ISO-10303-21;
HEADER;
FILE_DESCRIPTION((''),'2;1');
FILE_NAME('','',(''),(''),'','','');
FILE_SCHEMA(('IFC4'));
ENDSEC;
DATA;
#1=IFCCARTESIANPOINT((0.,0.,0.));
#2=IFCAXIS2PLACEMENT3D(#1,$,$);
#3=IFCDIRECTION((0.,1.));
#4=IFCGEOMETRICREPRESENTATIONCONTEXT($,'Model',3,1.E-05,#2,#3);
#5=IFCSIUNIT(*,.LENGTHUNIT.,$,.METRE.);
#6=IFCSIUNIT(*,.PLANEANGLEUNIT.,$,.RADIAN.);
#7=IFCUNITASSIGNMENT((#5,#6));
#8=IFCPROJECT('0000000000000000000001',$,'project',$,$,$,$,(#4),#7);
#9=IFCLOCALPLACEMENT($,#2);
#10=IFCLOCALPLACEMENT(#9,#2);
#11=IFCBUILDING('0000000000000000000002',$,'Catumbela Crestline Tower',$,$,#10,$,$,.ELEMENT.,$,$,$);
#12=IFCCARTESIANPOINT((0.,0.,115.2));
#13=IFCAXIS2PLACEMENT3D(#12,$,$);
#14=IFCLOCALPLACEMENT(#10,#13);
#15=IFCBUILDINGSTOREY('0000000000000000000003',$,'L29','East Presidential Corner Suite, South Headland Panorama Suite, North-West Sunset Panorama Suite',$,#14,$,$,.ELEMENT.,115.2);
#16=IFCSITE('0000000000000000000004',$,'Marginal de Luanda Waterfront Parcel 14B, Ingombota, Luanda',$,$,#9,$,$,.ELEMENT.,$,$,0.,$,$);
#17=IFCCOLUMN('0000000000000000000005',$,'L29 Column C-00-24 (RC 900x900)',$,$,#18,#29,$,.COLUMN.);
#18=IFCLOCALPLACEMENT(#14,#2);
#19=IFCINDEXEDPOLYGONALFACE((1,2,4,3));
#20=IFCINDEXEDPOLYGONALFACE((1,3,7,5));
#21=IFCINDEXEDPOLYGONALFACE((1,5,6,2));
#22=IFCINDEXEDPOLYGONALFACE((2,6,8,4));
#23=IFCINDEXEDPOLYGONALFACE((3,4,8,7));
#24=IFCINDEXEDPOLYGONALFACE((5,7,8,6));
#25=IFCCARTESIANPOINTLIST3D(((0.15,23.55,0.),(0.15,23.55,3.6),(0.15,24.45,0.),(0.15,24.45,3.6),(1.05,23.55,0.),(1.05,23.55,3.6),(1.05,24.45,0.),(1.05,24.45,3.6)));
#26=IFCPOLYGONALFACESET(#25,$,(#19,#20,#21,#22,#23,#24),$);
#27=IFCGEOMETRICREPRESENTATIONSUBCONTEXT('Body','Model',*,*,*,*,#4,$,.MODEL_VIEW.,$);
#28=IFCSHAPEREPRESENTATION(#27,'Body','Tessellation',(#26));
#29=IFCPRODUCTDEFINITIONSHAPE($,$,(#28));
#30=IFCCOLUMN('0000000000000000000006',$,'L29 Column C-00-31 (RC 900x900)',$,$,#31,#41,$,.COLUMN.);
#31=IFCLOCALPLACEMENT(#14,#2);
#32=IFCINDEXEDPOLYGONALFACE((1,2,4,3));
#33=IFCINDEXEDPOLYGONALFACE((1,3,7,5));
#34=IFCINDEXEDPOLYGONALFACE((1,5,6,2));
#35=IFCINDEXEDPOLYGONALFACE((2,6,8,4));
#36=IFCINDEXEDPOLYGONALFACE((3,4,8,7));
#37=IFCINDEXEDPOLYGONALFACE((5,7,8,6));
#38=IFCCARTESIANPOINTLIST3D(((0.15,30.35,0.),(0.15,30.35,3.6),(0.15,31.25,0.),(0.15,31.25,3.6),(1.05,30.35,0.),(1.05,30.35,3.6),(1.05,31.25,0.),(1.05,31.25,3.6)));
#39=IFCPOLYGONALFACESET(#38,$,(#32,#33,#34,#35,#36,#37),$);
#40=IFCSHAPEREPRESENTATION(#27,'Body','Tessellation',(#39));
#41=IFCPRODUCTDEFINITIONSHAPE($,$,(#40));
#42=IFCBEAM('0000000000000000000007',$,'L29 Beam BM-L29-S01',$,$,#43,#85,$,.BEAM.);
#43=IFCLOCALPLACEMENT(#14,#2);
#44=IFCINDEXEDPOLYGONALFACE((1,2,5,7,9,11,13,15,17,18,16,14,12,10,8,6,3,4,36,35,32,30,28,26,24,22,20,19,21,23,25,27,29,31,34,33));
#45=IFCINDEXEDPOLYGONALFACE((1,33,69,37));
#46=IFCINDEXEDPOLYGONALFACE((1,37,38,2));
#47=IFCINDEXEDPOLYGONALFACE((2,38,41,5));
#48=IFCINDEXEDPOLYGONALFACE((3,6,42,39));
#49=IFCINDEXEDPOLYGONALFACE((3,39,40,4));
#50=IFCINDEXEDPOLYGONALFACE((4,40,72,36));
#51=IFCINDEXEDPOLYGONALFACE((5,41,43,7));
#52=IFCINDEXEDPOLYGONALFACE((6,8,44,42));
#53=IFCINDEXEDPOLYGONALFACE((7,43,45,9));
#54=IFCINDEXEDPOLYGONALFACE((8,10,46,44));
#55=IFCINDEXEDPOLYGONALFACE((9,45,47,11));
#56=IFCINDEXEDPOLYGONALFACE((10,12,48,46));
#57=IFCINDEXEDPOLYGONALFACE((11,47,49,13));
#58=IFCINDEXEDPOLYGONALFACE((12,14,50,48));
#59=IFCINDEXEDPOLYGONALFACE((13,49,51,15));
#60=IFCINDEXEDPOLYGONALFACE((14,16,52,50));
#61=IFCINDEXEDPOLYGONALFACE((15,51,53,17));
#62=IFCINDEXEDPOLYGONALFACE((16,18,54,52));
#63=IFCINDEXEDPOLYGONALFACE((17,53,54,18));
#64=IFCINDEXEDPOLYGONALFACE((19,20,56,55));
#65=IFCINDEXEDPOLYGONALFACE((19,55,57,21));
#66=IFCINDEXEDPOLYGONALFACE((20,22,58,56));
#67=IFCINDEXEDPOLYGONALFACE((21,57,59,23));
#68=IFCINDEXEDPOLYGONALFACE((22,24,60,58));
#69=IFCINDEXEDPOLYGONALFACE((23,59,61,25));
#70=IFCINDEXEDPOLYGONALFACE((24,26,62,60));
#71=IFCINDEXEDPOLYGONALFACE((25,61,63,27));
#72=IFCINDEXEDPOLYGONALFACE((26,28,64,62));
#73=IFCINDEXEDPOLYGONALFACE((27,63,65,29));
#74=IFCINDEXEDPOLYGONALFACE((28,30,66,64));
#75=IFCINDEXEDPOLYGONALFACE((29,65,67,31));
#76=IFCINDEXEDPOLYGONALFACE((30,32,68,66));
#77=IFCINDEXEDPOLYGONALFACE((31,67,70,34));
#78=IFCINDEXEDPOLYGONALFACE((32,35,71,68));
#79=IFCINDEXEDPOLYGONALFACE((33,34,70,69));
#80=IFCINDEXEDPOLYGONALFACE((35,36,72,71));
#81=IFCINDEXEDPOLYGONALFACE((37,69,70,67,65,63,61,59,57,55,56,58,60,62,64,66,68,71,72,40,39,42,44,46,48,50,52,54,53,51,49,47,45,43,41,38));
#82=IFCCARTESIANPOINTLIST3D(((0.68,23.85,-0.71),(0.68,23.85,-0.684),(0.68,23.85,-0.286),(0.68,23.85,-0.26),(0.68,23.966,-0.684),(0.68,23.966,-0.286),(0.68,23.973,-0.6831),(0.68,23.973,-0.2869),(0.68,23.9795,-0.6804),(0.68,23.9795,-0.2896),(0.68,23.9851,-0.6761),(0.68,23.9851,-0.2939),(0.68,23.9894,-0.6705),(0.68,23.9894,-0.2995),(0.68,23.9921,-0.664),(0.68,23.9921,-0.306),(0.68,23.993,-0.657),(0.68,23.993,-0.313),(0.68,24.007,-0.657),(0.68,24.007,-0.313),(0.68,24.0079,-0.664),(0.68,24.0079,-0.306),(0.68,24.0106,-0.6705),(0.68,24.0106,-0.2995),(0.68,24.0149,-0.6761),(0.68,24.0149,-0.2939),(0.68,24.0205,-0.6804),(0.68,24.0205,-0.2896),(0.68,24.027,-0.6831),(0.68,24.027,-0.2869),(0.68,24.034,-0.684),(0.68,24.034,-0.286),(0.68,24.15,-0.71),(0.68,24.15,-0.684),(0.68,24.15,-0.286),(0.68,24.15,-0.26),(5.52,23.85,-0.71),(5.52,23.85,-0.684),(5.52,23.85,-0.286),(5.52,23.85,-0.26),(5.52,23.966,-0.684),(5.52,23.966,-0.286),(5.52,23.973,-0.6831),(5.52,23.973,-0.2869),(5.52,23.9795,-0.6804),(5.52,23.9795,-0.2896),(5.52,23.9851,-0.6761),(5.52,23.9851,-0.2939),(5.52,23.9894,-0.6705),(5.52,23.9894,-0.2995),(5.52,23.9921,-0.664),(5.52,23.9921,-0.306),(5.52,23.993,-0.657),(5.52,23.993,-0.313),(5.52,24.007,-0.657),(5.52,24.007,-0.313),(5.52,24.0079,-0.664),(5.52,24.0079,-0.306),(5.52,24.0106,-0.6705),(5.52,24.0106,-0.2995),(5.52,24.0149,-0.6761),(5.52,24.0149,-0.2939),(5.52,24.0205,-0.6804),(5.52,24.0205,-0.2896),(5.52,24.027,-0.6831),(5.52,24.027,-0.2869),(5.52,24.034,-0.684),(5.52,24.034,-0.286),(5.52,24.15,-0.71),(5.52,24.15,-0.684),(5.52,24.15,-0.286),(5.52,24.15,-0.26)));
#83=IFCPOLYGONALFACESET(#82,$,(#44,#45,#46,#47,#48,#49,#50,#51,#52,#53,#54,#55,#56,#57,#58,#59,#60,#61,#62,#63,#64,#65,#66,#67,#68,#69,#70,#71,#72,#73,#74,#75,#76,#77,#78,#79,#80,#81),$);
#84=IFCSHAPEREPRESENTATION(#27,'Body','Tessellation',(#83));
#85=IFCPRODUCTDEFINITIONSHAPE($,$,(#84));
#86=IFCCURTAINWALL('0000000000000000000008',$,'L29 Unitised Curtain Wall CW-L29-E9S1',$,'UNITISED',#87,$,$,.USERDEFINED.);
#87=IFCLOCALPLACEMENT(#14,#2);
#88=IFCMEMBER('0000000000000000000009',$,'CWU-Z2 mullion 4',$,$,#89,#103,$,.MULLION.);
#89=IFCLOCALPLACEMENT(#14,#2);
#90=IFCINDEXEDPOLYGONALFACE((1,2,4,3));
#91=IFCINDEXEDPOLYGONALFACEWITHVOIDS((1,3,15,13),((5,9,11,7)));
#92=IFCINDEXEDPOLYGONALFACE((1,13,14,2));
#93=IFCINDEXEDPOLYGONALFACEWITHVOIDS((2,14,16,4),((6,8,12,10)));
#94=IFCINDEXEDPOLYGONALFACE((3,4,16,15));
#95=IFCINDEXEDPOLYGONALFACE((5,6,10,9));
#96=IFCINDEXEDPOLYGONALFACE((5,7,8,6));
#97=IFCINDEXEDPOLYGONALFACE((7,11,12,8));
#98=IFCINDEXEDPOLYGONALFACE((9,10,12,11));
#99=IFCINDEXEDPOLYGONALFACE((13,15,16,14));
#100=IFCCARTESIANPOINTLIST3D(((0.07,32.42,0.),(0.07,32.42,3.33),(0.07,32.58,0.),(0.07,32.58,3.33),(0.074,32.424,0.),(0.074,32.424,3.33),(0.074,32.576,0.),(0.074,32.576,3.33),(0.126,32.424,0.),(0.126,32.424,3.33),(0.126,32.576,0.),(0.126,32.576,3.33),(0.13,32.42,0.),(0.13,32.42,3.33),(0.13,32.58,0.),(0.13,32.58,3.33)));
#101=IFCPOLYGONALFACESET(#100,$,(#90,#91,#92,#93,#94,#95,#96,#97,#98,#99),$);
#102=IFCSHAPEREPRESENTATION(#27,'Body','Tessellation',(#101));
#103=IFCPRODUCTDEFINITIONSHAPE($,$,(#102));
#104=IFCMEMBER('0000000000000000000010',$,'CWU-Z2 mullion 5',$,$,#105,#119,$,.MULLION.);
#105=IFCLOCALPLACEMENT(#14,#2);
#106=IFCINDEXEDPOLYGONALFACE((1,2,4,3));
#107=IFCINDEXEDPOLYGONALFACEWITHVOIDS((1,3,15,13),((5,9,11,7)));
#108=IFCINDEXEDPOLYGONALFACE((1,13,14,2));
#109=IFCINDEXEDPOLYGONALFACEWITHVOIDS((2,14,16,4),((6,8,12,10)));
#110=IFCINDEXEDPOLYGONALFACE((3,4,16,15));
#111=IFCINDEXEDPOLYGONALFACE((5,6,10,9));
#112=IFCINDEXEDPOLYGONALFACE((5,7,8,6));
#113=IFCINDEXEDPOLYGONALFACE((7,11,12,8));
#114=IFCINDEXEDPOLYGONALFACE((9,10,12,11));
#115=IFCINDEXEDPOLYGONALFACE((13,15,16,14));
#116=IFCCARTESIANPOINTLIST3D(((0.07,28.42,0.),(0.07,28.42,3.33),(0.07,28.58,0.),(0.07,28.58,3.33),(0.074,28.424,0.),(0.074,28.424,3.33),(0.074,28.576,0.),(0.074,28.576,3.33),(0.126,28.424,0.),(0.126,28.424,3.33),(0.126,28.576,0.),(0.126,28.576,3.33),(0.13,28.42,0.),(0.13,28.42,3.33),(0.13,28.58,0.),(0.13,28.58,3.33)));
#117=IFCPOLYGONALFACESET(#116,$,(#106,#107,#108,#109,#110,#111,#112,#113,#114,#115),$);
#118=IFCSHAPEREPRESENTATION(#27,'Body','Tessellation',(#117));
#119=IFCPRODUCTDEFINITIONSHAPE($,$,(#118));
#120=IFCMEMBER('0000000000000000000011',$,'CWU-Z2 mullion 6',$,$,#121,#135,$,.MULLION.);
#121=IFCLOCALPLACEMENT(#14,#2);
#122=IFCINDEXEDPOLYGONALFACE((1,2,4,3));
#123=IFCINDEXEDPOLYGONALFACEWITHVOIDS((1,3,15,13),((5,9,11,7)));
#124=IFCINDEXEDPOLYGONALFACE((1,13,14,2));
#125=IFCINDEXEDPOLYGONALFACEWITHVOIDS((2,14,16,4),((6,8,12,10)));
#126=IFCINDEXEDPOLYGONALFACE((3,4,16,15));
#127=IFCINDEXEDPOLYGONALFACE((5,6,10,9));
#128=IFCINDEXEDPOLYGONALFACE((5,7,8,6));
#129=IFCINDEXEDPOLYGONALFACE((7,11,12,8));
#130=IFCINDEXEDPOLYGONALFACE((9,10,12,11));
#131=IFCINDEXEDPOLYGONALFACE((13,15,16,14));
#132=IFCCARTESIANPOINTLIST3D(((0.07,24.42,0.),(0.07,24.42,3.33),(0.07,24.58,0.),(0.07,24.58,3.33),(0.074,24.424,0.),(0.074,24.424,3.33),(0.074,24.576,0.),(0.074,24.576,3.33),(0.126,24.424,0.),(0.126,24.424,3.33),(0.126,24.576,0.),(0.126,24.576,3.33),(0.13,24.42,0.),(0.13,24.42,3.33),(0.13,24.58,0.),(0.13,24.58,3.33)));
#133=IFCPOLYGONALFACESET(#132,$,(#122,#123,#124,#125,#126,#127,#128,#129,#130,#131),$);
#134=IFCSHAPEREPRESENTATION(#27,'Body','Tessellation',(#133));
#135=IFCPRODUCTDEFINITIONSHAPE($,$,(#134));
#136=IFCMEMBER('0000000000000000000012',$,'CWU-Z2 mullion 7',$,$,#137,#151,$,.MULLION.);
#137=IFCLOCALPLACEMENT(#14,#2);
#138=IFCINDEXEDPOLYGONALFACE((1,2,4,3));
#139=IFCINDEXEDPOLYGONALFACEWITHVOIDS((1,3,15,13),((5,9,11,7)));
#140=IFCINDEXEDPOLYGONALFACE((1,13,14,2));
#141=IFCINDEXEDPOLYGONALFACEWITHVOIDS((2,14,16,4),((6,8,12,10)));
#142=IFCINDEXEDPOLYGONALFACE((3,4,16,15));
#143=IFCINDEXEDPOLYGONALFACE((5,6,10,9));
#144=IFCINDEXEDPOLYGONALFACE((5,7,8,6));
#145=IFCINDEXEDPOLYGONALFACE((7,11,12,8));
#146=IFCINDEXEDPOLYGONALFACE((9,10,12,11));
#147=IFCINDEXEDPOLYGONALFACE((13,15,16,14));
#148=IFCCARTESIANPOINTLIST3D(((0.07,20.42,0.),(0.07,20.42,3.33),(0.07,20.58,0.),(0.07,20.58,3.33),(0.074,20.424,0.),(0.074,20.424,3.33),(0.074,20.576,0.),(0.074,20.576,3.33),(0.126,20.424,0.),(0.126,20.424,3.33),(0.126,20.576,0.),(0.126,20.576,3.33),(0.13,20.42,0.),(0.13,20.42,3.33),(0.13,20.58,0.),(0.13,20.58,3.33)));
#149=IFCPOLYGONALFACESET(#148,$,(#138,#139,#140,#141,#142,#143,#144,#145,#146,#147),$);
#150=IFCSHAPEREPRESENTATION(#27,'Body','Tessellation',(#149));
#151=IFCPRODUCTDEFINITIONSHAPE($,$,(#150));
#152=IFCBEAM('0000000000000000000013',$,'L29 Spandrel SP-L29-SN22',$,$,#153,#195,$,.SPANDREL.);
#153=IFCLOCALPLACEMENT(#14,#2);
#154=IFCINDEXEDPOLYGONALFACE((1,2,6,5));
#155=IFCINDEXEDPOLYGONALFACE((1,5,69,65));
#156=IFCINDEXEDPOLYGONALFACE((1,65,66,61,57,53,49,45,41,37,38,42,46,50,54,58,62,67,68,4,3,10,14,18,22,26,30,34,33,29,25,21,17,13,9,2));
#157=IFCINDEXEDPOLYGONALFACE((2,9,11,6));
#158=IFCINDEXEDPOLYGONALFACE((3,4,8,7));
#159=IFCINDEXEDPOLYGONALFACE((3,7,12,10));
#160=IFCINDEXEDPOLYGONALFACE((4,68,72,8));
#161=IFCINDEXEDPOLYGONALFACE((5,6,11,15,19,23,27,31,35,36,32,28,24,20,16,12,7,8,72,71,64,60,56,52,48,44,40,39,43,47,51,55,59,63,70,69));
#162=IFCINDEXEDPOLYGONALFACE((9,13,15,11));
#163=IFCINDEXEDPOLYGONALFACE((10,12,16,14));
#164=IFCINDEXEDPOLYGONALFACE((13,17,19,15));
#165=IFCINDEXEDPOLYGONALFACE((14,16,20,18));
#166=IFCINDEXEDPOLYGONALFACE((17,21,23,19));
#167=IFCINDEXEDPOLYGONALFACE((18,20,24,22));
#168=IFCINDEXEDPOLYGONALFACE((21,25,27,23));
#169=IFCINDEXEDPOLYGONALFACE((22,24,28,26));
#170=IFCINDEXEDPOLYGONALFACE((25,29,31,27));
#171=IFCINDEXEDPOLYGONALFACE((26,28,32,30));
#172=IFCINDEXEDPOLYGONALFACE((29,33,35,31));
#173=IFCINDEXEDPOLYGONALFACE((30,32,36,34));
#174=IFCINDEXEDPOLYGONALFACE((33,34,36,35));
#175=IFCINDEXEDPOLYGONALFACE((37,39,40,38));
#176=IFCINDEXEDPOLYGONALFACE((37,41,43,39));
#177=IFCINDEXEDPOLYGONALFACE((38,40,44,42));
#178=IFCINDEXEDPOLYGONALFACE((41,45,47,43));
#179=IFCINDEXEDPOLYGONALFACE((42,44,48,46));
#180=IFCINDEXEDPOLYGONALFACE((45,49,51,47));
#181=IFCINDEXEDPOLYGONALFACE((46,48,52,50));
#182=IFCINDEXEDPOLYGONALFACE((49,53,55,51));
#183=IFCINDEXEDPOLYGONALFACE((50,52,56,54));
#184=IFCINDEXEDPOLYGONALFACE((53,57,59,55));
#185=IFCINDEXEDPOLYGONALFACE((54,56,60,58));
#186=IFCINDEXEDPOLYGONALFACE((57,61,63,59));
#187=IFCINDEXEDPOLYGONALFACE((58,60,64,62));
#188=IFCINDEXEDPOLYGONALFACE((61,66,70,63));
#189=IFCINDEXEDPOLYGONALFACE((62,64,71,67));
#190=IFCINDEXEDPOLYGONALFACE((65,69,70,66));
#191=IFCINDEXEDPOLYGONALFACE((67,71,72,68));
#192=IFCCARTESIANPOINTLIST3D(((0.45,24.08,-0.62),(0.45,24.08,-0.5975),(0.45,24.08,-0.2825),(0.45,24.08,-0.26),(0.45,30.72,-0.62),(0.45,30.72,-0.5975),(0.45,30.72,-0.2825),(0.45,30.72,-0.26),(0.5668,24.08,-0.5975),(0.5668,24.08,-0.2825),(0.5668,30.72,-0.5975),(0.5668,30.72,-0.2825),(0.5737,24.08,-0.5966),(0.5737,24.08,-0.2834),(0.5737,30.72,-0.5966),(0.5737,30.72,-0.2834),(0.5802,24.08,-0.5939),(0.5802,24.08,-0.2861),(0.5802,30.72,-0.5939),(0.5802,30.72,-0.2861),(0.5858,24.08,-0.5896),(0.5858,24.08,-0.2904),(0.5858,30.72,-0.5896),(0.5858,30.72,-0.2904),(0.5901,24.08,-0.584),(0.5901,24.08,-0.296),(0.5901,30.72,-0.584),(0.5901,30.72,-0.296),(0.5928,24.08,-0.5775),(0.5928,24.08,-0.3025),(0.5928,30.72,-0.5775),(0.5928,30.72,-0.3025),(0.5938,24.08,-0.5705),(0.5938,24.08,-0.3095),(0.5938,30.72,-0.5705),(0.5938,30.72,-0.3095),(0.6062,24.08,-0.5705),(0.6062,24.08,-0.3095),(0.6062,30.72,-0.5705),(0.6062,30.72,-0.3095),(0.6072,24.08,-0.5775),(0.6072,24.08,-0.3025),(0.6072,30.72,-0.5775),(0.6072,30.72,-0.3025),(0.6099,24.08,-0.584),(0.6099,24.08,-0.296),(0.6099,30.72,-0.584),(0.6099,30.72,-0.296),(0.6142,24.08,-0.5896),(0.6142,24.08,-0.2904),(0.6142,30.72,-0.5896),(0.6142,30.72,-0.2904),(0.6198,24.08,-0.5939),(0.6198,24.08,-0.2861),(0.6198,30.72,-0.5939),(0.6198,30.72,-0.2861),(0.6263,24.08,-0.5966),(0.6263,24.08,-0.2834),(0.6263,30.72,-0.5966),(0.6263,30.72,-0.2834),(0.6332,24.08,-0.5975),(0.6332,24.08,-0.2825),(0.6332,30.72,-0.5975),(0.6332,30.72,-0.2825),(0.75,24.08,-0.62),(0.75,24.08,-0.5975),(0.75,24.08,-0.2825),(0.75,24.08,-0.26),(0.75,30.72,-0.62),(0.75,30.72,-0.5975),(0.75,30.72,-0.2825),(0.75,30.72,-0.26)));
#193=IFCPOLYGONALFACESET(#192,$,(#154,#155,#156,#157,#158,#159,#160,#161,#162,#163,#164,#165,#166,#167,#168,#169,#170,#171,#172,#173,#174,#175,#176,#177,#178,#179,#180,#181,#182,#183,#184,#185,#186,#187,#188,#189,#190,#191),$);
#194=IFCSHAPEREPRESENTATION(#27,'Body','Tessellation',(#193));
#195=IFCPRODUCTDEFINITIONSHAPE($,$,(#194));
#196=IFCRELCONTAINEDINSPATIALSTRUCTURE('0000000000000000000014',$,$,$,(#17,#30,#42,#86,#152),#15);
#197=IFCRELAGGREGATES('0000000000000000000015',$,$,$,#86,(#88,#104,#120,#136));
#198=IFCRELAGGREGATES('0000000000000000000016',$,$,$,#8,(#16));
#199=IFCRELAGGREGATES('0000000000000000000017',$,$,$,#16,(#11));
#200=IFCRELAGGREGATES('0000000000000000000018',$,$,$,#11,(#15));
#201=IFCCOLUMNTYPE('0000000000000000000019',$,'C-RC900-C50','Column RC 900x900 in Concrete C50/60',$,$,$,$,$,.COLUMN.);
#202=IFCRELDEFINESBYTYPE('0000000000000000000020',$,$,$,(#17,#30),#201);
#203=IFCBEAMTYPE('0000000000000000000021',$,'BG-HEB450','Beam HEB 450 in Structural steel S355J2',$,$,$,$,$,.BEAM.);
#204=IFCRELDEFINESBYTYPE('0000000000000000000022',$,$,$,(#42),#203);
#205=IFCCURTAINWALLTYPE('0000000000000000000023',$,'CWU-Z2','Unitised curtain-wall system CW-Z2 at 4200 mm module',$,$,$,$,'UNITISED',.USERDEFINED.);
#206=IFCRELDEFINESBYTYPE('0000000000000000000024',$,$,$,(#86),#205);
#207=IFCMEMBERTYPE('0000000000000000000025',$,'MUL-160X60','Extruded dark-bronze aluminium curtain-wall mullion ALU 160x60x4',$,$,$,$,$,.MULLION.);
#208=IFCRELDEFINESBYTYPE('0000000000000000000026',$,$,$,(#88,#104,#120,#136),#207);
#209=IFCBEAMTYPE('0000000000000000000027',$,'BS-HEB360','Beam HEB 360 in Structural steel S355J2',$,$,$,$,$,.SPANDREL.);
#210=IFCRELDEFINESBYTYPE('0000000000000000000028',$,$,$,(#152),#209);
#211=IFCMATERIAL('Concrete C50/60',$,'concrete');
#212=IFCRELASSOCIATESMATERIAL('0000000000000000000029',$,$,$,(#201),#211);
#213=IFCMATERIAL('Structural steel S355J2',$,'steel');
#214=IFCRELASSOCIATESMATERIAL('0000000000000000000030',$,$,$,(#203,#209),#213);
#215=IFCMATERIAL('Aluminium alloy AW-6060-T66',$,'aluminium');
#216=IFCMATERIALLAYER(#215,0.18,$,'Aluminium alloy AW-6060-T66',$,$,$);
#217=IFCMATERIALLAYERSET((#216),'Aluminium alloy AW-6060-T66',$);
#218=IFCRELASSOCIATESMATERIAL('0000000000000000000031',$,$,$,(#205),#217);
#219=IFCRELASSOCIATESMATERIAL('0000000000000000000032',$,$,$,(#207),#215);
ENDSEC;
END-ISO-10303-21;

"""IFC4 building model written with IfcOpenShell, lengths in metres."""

from ifc_helpers import new_model, si_unit, direction, frame, origin, origin_2d, place, context, subcontext, project, spatial, rectangle, hollow_rectangle, i_section, extrude, material, layer, layer_set, material_profile, profile_set, type_object, element, aggregate, save


model = new_model("IFC4")

# Units and contexts
model_context = context("Model", 3, precision=1e-05, world=origin(), true_north=direction((0.0, 1.0)))
body_context = subcontext(model_context, "Body", "Model", "MODEL_VIEW")
ifc_project = project(units=[si_unit("LENGTHUNIT", "METRE"), si_unit("PLANEANGLEUNIT", "RADIAN")], contexts=[model_context])

# Site, building, storey
site_placement = place(None, origin())
site = spatial("IfcSite", under=ifc_project, at=site_placement, Name="Marginal de Luanda Waterfront Parcel 14B, Ingombota, Luanda", CompositionType="ELEMENT", RefElevation=0.0)
building_placement = place(site_placement, origin())
building = spatial("IfcBuilding", under=site, at=building_placement, Name="Catumbela Crestline Tower", CompositionType="ELEMENT")
storey_placement = place(building_placement, frame((0.0, 0.0, 115.2)))
storey = spatial("IfcBuildingStorey", under=building, at=storey_placement, Name="L29", Description="East Presidential Corner Suite, South Headland Panorama Suite, North-West Sunset Panorama Suite", CompositionType="ELEMENT", Elevation=115.2)

# Columns
ifc_material_1 = material(Name="Concrete C50/60", Category="concrete")
ifc_material_profile_1 = material_profile(ifc_material_1, rectangle(XDim=0.9, YDim=0.9, at=origin_2d()), Name="RC 900x900")
ifc_profile_set_1 = profile_set([ifc_material_profile_1], Name="Concrete C50/60")
column_type = type_object("IfcColumnType", Name="C-RC900-C50", Description="Column RC 900x900 in Concrete C50/60", PredefinedType="COLUMN", material=ifc_profile_set_1)
for number, where, z_axis, x_axis, name in (
    (1, (0.6, 24.0, 0.0), (0.0, 0.0, 1.0), (1.0, 0.0, 0.0), "L29 Column C-00-24 (RC 900x900)"),
    (2, (0.6, 30.8, 0.0), (0.0, 0.0, 1.0), (1.0, 0.0, 0.0), "L29 Column C-00-31 (RC 900x900)"),
):
    element("IfcColumn", number, at=place(storey_placement, frame(where, z_axis=z_axis, x_axis=x_axis)), inside=storey, type_object=column_type, Name=name, PredefinedType="COLUMN", context=body_context, shape_type="SweptSolid", body=[
        extrude(rectangle(XDim=0.9, YDim=0.9, at=origin_2d()), origin(), (0.0, 0.0, 1.0), 3.6),
    ])

# Beam
ifc_material_2 = material(Name="Structural steel S355J2", Category="steel")
ifc_material_profile_2 = material_profile(ifc_material_2, i_section(OverallWidth=0.3, OverallDepth=0.45, WebThickness=0.014, FlangeThickness=0.026, FilletRadius=0.027, at=origin_2d()), Name="HEB 450")
ifc_profile_set_2 = profile_set([ifc_material_profile_2], Name="Structural steel S355J2")
beam_type_1 = type_object("IfcBeamType", Name="BG-HEB450", Description="Beam HEB 450 in Structural steel S355J2", PredefinedType="BEAM", material=ifc_profile_set_2)
beam_1_placement = place(storey_placement, frame((0.68, 24.0, -0.485), z_axis=(1.0, 0.0, 0.0), x_axis=(0.0, 1.0, 0.0)))
element("IfcBeam", 3, at=beam_1_placement, inside=storey, type_object=beam_type_1, Name="L29 Beam BM-L29-S01", PredefinedType="BEAM", context=body_context, shape_type="SweptSolid", body=[
    extrude(i_section(OverallWidth=0.3, OverallDepth=0.45, WebThickness=0.014, FlangeThickness=0.026, FilletRadius=0.027, at=origin_2d()), origin(), (0.0, 0.0, 1.0), 4.84),
])

# Curtain wall, members
ifc_material_3 = material(Name="Aluminium alloy AW-6060-T66", Category="aluminium")
ifc_layer_1 = layer(ifc_material_3, 0.18, Name="Aluminium alloy AW-6060-T66")
ifc_layer_set_1 = layer_set([ifc_layer_1], Name="Aluminium alloy AW-6060-T66")
curtain_wall_type = type_object("IfcCurtainWallType", Name="CWU-Z2", Description="Unitised curtain-wall system CW-Z2 at 4200 mm module", ElementType="UNITISED", PredefinedType="USERDEFINED", material=ifc_layer_set_1)
curtain_wall_placement = place(storey_placement, origin())
curtain_wall = element("IfcCurtainWall", 4, at=curtain_wall_placement, inside=storey, type_object=curtain_wall_type, Name="L29 Unitised Curtain Wall CW-L29-E9S1", ObjectType="UNITISED", PredefinedType="USERDEFINED")
ifc_material_profile_3 = material_profile(ifc_material_3, hollow_rectangle(XDim=0.06, YDim=0.16, WallThickness=0.004, at=origin_2d()), Name="ALU 160x60x4")
ifc_profile_set_3 = profile_set([ifc_material_profile_3], Name="Aluminium alloy AW-6060-T66")
member_type_1 = type_object("IfcMemberType", Name="MUL-160X60", Description="Extruded dark-bronze aluminium curtain-wall mullion ALU 160x60x4", PredefinedType="MULLION", material=ifc_profile_set_3)
member_1_placement = place(storey_placement, frame((0.1, 32.5, 0.0), z_axis=(0.0, 0.0, 1.0), x_axis=(1.0, 0.0, 0.0)))
member_1 = element("IfcMember", 5, at=member_1_placement, type_object=member_type_1, Name="CWU-Z2 mullion 4", PredefinedType="MULLION", context=body_context, shape_type="SweptSolid", body=[
    extrude(hollow_rectangle(XDim=0.06, YDim=0.16, WallThickness=0.004, at=origin_2d()), origin(), (0.0, 0.0, 1.0), 3.33),
])
member_2_placement = place(storey_placement, frame((0.1, 28.5, 0.0), z_axis=(0.0, 0.0, 1.0), x_axis=(1.0, 0.0, 0.0)))
member_2 = element("IfcMember", 6, at=member_2_placement, type_object=member_type_1, Name="CWU-Z2 mullion 5", PredefinedType="MULLION", context=body_context, shape_type="SweptSolid", body=[
    extrude(hollow_rectangle(XDim=0.06, YDim=0.16, WallThickness=0.004, at=origin_2d()), origin(), (0.0, 0.0, 1.0), 3.33),
])
member_3_placement = place(storey_placement, frame((0.1, 24.5, 0.0), z_axis=(0.0, 0.0, 1.0), x_axis=(1.0, 0.0, 0.0)))
member_3 = element("IfcMember", 7, at=member_3_placement, type_object=member_type_1, Name="CWU-Z2 mullion 6", PredefinedType="MULLION", context=body_context, shape_type="SweptSolid", body=[
    extrude(hollow_rectangle(XDim=0.06, YDim=0.16, WallThickness=0.004, at=origin_2d()), origin(), (0.0, 0.0, 1.0), 3.33),
])
member_4_placement = place(storey_placement, frame((0.1, 20.5, 0.0), z_axis=(0.0, 0.0, 1.0), x_axis=(1.0, 0.0, 0.0)))
member_4 = element("IfcMember", 8, at=member_4_placement, type_object=member_type_1, Name="CWU-Z2 mullion 7", PredefinedType="MULLION", context=body_context, shape_type="SweptSolid", body=[
    extrude(hollow_rectangle(XDim=0.06, YDim=0.16, WallThickness=0.004, at=origin_2d()), origin(), (0.0, 0.0, 1.0), 3.33),
])

# Beam
ifc_material_profile_4 = material_profile(ifc_material_2, i_section(OverallWidth=0.3, OverallDepth=0.36, WebThickness=0.0125, FlangeThickness=0.0225, FilletRadius=0.027, at=origin_2d()), Name="HEB 360")
ifc_profile_set_4 = profile_set([ifc_material_profile_4], Name="Structural steel S355J2")
beam_type_2 = type_object("IfcBeamType", Name="BS-HEB360", Description="Beam HEB 360 in Structural steel S355J2", PredefinedType="SPANDREL", material=ifc_profile_set_4)
beam_2_placement = place(storey_placement, frame((0.6, 24.08, -0.44), z_axis=(0.0, 1.0, 0.0), x_axis=(-1.0, 0.0, 0.0)))
element("IfcBeam", 9, at=beam_2_placement, inside=storey, type_object=beam_type_2, Name="L29 Spandrel SP-L29-SN22", PredefinedType="SPANDREL", context=body_context, shape_type="SweptSolid", body=[
    extrude(i_section(OverallWidth=0.3, OverallDepth=0.36, WebThickness=0.0125, FlangeThickness=0.0225, FilletRadius=0.027, at=origin_2d()), origin(), (0.0, 0.0, 1.0), 6.64),
])

aggregate(curtain_wall, [member_1, member_2, member_3, member_4])

save(model, "model.ifc")
